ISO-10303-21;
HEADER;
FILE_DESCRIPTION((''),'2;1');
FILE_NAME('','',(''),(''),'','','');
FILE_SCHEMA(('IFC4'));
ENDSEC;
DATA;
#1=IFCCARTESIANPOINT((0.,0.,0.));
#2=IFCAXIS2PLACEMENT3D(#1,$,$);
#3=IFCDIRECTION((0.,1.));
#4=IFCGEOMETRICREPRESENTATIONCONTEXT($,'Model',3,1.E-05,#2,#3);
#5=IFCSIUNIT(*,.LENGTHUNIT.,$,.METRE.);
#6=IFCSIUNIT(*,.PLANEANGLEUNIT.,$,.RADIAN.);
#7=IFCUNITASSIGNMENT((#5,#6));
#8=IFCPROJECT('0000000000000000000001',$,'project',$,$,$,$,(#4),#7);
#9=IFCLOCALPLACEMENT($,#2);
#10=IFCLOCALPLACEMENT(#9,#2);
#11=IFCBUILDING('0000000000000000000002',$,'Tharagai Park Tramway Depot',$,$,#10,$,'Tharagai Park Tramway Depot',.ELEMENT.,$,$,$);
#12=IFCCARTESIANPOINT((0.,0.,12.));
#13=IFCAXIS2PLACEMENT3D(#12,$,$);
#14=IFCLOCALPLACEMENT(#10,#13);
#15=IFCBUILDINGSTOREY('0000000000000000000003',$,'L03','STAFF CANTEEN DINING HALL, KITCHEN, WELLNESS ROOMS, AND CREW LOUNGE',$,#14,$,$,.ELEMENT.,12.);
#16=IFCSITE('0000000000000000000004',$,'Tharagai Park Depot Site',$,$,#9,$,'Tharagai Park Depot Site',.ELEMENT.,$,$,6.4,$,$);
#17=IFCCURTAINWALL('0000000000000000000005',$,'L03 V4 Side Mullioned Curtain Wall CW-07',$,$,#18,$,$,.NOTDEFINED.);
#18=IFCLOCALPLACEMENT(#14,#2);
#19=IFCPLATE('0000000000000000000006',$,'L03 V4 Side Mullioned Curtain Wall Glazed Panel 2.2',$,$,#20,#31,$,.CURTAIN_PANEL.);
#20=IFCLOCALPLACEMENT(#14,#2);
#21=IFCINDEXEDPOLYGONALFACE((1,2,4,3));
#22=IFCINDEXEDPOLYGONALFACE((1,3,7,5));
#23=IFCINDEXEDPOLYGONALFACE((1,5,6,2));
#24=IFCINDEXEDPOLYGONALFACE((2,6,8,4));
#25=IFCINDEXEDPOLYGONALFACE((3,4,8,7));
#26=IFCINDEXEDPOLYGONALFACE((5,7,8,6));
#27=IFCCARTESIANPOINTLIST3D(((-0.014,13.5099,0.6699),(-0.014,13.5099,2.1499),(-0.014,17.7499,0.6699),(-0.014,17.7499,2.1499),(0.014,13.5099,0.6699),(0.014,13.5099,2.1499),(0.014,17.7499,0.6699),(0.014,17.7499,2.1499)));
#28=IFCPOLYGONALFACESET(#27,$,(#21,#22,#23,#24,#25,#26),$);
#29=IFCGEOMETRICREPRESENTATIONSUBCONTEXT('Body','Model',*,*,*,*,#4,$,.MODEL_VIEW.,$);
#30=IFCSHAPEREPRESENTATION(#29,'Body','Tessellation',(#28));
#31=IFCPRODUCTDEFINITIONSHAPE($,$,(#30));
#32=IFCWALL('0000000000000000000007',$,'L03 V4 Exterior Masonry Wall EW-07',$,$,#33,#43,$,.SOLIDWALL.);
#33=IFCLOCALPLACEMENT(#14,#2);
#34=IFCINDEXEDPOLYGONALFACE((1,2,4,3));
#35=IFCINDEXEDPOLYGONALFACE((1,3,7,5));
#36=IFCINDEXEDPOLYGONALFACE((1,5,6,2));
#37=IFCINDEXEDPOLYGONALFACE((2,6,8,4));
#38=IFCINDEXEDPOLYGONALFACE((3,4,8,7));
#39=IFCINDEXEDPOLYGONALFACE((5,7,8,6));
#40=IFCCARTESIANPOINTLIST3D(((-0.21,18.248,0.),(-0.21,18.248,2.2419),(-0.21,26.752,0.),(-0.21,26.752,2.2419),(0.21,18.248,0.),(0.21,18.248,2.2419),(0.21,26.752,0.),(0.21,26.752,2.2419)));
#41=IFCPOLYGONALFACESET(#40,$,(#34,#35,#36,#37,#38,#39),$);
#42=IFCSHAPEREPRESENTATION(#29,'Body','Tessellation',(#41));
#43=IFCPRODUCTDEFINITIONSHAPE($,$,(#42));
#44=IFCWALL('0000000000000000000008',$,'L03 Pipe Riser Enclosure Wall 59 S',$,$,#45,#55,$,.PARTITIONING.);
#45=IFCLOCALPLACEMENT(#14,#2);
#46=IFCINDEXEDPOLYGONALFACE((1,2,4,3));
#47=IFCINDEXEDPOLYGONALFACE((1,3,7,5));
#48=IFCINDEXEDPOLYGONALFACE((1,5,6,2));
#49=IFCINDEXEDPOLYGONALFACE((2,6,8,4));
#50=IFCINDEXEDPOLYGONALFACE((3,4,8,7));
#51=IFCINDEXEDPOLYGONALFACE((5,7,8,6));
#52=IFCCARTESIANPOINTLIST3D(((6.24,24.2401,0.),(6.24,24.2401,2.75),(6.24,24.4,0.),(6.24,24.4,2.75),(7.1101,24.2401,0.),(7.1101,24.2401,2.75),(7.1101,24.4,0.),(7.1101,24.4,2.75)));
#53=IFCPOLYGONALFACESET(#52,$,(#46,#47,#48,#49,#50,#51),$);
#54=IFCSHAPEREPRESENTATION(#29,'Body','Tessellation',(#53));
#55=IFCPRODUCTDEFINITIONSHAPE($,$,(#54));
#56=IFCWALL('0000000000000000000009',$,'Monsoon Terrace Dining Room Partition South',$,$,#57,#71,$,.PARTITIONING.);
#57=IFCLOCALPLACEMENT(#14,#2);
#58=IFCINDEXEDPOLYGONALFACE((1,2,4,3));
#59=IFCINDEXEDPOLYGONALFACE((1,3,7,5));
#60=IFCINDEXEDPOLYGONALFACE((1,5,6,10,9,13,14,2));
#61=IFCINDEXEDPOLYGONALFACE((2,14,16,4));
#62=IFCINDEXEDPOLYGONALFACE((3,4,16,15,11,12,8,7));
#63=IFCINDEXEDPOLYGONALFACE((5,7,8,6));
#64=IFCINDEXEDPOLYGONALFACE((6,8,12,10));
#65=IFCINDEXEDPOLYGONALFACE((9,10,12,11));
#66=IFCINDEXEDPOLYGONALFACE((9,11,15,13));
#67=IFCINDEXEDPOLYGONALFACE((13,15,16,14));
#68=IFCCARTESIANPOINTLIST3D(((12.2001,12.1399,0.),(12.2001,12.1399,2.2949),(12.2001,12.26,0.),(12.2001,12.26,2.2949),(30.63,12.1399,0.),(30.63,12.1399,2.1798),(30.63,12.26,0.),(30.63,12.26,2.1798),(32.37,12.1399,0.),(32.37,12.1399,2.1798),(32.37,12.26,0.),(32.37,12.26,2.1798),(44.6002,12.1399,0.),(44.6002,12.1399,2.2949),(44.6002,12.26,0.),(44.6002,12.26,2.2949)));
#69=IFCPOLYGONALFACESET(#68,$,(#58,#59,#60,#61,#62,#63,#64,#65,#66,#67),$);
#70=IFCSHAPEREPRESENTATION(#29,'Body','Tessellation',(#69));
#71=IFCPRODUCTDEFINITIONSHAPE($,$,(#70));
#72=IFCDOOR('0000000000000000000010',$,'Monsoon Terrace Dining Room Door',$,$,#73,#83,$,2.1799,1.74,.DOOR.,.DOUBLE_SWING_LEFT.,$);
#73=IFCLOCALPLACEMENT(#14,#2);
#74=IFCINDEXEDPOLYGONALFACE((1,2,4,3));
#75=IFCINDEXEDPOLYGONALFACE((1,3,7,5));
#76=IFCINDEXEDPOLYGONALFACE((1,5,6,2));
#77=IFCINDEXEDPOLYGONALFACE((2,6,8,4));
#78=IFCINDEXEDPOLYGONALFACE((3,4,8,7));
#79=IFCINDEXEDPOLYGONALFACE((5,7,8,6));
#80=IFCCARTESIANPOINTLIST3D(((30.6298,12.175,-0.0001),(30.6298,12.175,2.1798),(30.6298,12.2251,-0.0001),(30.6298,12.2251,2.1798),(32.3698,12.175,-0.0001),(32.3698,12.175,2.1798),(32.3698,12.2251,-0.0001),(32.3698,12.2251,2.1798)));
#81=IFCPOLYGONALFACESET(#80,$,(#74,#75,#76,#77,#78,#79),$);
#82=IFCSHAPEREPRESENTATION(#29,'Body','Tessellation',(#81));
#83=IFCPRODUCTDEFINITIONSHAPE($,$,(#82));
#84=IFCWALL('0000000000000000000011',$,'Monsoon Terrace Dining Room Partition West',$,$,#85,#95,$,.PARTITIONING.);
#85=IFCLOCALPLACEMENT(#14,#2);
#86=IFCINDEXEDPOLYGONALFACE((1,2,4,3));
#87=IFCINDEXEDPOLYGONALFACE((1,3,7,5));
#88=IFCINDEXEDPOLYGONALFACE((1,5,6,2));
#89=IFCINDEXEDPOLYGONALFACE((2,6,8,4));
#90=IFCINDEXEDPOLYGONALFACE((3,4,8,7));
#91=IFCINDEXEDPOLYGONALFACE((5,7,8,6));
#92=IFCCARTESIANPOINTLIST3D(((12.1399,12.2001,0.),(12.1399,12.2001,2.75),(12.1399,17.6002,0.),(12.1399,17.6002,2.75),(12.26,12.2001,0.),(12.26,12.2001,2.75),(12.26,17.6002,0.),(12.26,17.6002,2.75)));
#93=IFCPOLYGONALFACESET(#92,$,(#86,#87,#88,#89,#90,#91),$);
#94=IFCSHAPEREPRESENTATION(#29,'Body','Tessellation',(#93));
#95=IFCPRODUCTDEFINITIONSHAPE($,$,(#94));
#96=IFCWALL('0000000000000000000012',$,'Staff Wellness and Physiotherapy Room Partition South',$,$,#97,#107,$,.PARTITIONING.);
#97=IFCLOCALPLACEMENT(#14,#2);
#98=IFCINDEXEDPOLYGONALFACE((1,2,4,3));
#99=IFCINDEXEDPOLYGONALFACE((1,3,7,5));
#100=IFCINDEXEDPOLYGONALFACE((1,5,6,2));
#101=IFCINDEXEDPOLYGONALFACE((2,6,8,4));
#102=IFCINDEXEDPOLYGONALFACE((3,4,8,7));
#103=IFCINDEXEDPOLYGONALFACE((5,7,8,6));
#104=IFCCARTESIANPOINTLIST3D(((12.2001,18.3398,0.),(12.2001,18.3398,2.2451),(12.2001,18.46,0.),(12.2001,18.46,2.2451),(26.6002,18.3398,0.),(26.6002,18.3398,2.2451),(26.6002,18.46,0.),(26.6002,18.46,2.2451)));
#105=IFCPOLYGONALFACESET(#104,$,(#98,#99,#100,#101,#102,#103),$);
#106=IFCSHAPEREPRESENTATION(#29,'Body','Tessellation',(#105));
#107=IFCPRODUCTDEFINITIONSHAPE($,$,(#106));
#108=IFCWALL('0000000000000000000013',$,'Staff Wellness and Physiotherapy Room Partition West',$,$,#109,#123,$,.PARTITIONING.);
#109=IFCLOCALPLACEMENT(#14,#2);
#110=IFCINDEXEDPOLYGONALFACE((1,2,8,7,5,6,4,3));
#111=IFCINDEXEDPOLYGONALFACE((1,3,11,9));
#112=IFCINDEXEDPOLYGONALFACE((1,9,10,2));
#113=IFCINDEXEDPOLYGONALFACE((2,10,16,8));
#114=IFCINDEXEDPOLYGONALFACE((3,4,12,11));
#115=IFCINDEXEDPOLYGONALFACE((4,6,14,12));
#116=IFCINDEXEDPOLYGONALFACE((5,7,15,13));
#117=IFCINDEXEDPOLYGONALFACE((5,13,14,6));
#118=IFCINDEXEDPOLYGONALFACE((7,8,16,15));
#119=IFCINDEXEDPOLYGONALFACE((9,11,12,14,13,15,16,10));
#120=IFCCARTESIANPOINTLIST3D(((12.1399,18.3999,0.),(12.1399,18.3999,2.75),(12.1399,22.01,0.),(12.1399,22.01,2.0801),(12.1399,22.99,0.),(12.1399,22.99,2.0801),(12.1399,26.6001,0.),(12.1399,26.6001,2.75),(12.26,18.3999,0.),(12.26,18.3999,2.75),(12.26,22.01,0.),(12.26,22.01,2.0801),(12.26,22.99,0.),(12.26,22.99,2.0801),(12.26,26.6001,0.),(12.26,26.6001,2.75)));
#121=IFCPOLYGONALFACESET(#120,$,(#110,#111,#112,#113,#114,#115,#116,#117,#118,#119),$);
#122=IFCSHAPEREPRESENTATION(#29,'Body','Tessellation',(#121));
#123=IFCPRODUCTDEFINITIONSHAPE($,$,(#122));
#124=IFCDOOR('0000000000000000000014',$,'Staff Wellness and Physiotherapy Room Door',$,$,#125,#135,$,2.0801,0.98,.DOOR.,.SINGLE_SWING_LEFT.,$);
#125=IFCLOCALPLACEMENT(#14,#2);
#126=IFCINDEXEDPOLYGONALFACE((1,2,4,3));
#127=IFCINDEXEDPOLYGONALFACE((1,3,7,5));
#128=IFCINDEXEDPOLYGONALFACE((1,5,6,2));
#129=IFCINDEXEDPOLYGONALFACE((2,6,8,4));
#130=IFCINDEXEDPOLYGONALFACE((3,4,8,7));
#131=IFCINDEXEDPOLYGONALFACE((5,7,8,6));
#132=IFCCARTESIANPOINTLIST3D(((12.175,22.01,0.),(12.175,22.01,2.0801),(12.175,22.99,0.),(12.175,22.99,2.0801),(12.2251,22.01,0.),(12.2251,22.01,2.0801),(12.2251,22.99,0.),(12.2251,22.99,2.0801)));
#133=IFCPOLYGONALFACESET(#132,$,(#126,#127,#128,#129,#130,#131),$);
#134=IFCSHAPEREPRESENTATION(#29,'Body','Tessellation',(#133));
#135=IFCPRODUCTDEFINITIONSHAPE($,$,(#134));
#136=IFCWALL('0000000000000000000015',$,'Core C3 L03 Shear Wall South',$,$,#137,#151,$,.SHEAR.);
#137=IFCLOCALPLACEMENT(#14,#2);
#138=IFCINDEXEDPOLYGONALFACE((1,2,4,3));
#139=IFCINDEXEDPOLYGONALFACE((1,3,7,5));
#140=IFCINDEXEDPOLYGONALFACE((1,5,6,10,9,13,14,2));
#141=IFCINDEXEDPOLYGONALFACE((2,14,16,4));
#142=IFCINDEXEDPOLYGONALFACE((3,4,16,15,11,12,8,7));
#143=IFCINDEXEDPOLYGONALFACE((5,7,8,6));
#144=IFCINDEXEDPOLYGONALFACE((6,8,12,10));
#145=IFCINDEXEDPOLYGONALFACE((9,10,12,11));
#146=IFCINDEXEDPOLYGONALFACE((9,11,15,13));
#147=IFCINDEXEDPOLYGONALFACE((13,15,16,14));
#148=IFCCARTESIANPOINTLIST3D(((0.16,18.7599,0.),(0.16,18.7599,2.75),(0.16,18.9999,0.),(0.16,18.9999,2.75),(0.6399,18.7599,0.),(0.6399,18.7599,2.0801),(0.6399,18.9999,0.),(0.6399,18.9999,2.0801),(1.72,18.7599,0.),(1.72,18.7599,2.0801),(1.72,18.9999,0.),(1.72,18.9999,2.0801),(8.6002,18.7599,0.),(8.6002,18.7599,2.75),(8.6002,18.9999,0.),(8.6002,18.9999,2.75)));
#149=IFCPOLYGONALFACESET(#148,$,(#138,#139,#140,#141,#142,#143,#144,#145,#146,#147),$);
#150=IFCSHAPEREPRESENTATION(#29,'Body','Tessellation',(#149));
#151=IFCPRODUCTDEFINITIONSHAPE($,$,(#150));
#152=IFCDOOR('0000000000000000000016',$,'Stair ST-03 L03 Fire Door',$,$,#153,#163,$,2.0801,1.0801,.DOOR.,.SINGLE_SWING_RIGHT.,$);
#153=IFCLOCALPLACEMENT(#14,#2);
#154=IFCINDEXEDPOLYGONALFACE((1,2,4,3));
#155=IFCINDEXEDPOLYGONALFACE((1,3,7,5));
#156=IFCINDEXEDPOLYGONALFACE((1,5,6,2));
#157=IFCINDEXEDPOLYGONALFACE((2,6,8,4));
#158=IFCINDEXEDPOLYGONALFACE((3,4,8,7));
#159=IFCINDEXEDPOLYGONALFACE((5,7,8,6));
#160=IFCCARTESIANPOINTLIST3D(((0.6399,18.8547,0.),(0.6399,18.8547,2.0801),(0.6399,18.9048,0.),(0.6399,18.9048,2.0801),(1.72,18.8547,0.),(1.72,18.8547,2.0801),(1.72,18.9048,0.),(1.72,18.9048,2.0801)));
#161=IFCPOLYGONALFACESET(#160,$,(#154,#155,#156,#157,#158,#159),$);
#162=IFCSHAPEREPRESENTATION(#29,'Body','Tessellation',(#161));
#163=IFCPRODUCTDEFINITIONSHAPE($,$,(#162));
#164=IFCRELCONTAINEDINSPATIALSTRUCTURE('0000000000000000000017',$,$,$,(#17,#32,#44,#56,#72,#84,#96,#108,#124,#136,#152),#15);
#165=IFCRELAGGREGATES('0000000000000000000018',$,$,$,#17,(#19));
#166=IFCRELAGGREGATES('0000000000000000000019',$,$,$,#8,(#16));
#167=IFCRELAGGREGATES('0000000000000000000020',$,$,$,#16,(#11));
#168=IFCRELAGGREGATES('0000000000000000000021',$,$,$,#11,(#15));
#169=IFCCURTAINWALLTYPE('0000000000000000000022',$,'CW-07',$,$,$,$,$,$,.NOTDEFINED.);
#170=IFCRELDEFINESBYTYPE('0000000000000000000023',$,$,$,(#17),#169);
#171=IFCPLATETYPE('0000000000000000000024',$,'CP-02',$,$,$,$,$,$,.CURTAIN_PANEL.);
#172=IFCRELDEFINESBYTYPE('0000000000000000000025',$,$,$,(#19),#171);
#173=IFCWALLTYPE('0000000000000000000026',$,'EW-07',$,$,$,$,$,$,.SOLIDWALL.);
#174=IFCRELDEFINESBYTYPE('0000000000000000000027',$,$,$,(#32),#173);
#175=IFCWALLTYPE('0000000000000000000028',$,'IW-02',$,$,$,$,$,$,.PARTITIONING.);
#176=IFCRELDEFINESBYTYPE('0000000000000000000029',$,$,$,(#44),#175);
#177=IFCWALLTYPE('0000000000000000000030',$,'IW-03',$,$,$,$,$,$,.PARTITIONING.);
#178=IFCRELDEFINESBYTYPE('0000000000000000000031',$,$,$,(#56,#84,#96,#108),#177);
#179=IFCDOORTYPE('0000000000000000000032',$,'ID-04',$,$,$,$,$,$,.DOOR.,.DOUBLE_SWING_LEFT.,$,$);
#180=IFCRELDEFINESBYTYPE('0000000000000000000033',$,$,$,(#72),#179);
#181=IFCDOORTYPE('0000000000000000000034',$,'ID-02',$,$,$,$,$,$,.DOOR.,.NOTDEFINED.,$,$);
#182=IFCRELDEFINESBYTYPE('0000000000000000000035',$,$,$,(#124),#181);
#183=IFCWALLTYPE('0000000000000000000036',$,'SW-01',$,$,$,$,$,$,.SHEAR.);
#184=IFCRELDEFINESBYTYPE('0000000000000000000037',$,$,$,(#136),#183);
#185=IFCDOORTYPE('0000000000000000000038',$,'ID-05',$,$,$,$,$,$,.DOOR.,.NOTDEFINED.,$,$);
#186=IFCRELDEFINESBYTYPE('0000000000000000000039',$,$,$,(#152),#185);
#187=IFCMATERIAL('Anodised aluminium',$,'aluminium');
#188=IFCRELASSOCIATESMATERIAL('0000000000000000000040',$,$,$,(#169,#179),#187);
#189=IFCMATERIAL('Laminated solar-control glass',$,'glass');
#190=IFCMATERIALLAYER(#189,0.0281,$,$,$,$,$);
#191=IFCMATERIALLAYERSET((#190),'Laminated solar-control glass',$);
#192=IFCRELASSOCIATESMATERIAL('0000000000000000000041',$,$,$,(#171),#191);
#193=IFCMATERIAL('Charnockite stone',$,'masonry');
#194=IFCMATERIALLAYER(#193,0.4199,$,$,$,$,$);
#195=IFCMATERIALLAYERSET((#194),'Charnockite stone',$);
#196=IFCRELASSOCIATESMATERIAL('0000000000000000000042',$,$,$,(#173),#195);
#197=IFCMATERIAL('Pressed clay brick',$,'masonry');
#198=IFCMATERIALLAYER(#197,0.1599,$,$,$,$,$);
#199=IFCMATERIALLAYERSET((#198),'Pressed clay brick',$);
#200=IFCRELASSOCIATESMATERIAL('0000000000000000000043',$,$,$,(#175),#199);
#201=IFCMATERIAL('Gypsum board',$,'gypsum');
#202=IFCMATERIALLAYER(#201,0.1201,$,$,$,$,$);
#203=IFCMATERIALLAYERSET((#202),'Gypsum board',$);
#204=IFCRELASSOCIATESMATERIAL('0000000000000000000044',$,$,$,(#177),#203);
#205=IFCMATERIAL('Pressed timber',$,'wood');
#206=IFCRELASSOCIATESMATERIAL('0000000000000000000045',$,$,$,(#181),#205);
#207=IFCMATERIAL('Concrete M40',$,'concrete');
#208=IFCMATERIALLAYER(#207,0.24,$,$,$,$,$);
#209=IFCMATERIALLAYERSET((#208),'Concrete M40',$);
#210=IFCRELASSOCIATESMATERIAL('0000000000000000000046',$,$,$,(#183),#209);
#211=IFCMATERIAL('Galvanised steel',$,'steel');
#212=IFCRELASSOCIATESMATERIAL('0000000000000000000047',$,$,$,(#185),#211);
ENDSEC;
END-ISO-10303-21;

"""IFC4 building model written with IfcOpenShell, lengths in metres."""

from ifc_helpers import new_model, si_unit, direction, frame, frame_2d, origin, origin_2d, place, context, subcontext, project, spatial, rectangle, extrude, material, layer, layer_set, type_object, element, fill, aggregate, save


model = new_model("IFC4")

# Units and contexts
model_context = context("Model", 3, precision=1e-05, world=origin(), true_north=direction((0.0, 1.0)))
body_context = subcontext(model_context, "Body", "Model", "MODEL_VIEW")
ifc_project = project(units=[si_unit("LENGTHUNIT", "METRE"), si_unit("PLANEANGLEUNIT", "RADIAN")], contexts=[model_context])

# Site, building, storey
site_placement = place(None, origin())
site = spatial("IfcSite", under=ifc_project, at=site_placement, Name="Tharagai Park Depot Site", LongName="Tharagai Park Depot Site", CompositionType="ELEMENT", RefElevation=6.4)
building_placement = place(site_placement, origin())
building = spatial("IfcBuilding", under=site, at=building_placement, Name="Tharagai Park Tramway Depot", LongName="Tharagai Park Tramway Depot", CompositionType="ELEMENT")
storey_placement = place(building_placement, frame((0.0, 0.0, 12.0)))
storey = spatial("IfcBuildingStorey", under=building, at=storey_placement, Name="L03", Description="STAFF CANTEEN DINING HALL, KITCHEN, WELLNESS ROOMS, AND CREW LOUNGE", CompositionType="ELEMENT", Elevation=12.0)

# Shared definitions
ifc_material_1 = material(Name="Concrete M40", Category="concrete")

# Curtain wall
ifc_material_2 = material(Name="Anodised aluminium", Category="aluminium")
curtain_wall_type = type_object("IfcCurtainWallType", Name="CW-07", PredefinedType="NOTDEFINED", material=ifc_material_2)
curtain_wall_placement = place(storey_placement, origin())
curtain_wall = element("IfcCurtainWall", 1, at=curtain_wall_placement, inside=storey, type_object=curtain_wall_type, Name="L03 V4 Side Mullioned Curtain Wall CW-07", PredefinedType="NOTDEFINED")

# Plate
ifc_material_3 = material(Name="Laminated solar-control glass", Category="glass")
ifc_layer_1 = layer(ifc_material_3, 0.0281)
ifc_layer_set_1 = layer_set([ifc_layer_1], Name="Laminated solar-control glass")
plate_type_1 = type_object("IfcPlateType", Name="CP-02", PredefinedType="CURTAIN_PANEL", material=ifc_layer_set_1)
plate_1_placement = place(storey_placement, frame((0.0, 15.6299, 0.6699), z_axis=(0.0, 0.0, 1.0), x_axis=(0.0, 1.0, 0.0)))
plate_1 = element("IfcPlate", 2, at=plate_1_placement, type_object=plate_type_1, Name="L03 V4 Side Mullioned Curtain Wall Glazed Panel 2.2", PredefinedType="CURTAIN_PANEL", context=body_context, shape_type="SweptSolid", body=[
    extrude(rectangle(XDim=4.24, YDim=0.0281, at=origin_2d()), origin(), (0.0, 0.0, 1.0), 1.48),
])
aggregate(curtain_wall, [plate_1])

# Walls
ifc_material_4 = material(Name="Charnockite stone", Category="masonry")
ifc_layer_2 = layer(ifc_material_4, 0.4199)
ifc_layer_set_2 = layer_set([ifc_layer_2], Name="Charnockite stone")
wall_type_1 = type_object("IfcWallType", Name="EW-07", PredefinedType="SOLIDWALL", material=ifc_layer_set_2)
wall_1_placement = place(storey_placement, frame((0.0, 18.248, 0.0), z_axis=(0.0, 0.0, 1.0), x_axis=(0.0, 1.0, 0.0)))
element("IfcWall", 3, at=wall_1_placement, inside=storey, type_object=wall_type_1, Name="L03 V4 Exterior Masonry Wall EW-07", PredefinedType="SOLIDWALL", context=body_context, shape_type="SweptSolid", body=[
    extrude(rectangle(XDim=8.5039, YDim=0.4199, at=frame_2d((4.252, 0.0))), origin(), (0.0, 0.0, 1.0), 2.2419),
])
ifc_material_5 = material(Name="Pressed clay brick", Category="masonry")
ifc_layer_3 = layer(ifc_material_5, 0.1599)
ifc_layer_set_3 = layer_set([ifc_layer_3], Name="Pressed clay brick")
wall_type_2 = type_object("IfcWallType", Name="IW-02", PredefinedType="PARTITIONING", material=ifc_layer_set_3)
wall_2_placement = place(storey_placement, frame((6.24, 24.3201, 0.0), z_axis=(0.0, 0.0, 1.0), x_axis=(1.0, 0.0, 0.0)))
element("IfcWall", 4, at=wall_2_placement, inside=storey, type_object=wall_type_2, Name="L03 Pipe Riser Enclosure Wall 59 S", PredefinedType="PARTITIONING", context=body_context, shape_type="SweptSolid", body=[
    extrude(rectangle(XDim=0.8701, YDim=0.1599, at=frame_2d((0.4351, 0.0))), origin(), (0.0, 0.0, 1.0), 2.75),
])

# Wall, opening, door
ifc_material_6 = material(Name="Gypsum board", Category="gypsum")
ifc_layer_4 = layer(ifc_material_6, 0.1201)
ifc_layer_set_4 = layer_set([ifc_layer_4], Name="Gypsum board")
wall_type_3 = type_object("IfcWallType", Name="IW-03", PredefinedType="PARTITIONING", material=ifc_layer_set_4)
wall_3_placement = place(storey_placement, frame((12.2, 12.2, 0.0), z_axis=(0.0, 0.0, 1.0), x_axis=(1.0, 0.0, 0.0)))
wall_3 = element("IfcWall", 5, at=wall_3_placement, inside=storey, type_object=wall_type_3, Name="Monsoon Terrace Dining Room Partition South", PredefinedType="PARTITIONING", context=body_context, shape_type="SweptSolid", body=[
    extrude(rectangle(XDim=32.4001, YDim=0.1201, at=frame_2d((16.2002, 0.0))), origin(), (0.0, 0.0, 1.0), 2.2949),
])
opening_1_placement = place(wall_3_placement, frame((18.4299, 0.0, 0.0)))
opening_1 = element("IfcOpeningElement", 6, at=opening_1_placement, cuts=wall_3, PredefinedType="OPENING", context=body_context, shape_type="SweptSolid", body=[
    extrude(rectangle(XDim=1.74, YDim=2.1799, at=frame_2d((0.8701, 1.0898))), frame((0.0, 0.0701, 0.0), z_axis=(0.0, -1.0, 0.0), x_axis=(1.0, 0.0, 0.0)), (0.0, 0.0, 1.0), 0.1401),
])
door_type_1 = type_object("IfcDoorType", Name="ID-04", OperationType="DOUBLE_SWING_LEFT", PredefinedType="DOOR", material=ifc_material_2)
door_1_placement = place(opening_1_placement, frame((1.74, 0.0, 0.0), z_axis=(0.0, 0.0, 1.0), x_axis=(-1.0, 0.0, 0.0)))
door_1 = element("IfcDoor", 7, at=door_1_placement, inside=storey, type_object=door_type_1, Name="Monsoon Terrace Dining Room Door", OperationType="DOUBLE_SWING_LEFT", OverallHeight=2.1799, OverallWidth=1.74, PredefinedType="DOOR", context=body_context, shape_type="SweptSolid", body=[
    extrude(rectangle(XDim=1.74, YDim=2.1799, at=frame_2d((0.8701, 1.0898))), frame((0.0, 0.0249, 0.0), z_axis=(0.0, -1.0, 0.0), x_axis=(1.0, 0.0, 0.0)), (0.0, 0.0, 1.0), 0.05),
])
fill(opening_1, door_1)

# Walls
wall_4_placement = place(storey_placement, frame((12.2, 12.2, 0.0), z_axis=(0.0, 0.0, 1.0), x_axis=(0.0, 1.0, 0.0)))
element("IfcWall", 8, at=wall_4_placement, inside=storey, type_object=wall_type_3, Name="Monsoon Terrace Dining Room Partition West", PredefinedType="PARTITIONING", context=body_context, shape_type="SweptSolid", body=[
    extrude(rectangle(XDim=5.4001, YDim=0.1201, at=frame_2d((2.7002, 0.0))), origin(), (0.0, 0.0, 1.0), 2.75),
])
wall_5_placement = place(storey_placement, frame((12.2, 18.3999, 0.0), z_axis=(0.0, 0.0, 1.0), x_axis=(1.0, 0.0, 0.0)))
element("IfcWall", 9, at=wall_5_placement, inside=storey, type_object=wall_type_3, Name="Staff Wellness and Physiotherapy Room Partition South", PredefinedType="PARTITIONING", context=body_context, shape_type="SweptSolid", body=[
    extrude(rectangle(XDim=14.4001, YDim=0.1201, at=frame_2d((7.2002, 0.0))), origin(), (0.0, 0.0, 1.0), 2.2451),
])

# Walls, openings, doors
wall_6_placement = place(storey_placement, frame((12.2, 18.3999, 0.0), z_axis=(0.0, 0.0, 1.0), x_axis=(0.0, 1.0, 0.0)))
wall_6 = element("IfcWall", 10, at=wall_6_placement, inside=storey, type_object=wall_type_3, Name="Staff Wellness and Physiotherapy Room Partition West", PredefinedType="PARTITIONING", context=body_context, shape_type="SweptSolid", body=[
    extrude(rectangle(XDim=8.2002, YDim=0.1201, at=frame_2d((4.1001, 0.0))), origin(), (0.0, 0.0, 1.0), 2.75),
])
opening_2_placement = place(wall_6_placement, frame((3.6101, 0.0, 0.0)))
opening_2 = element("IfcOpeningElement", 11, at=opening_2_placement, cuts=wall_6, PredefinedType="OPENING", context=body_context, shape_type="SweptSolid", body=[
    extrude(rectangle(XDim=0.98, YDim=2.0801, at=frame_2d((0.49, 1.04))), frame((0.0, 0.0701, 0.0), z_axis=(0.0, -1.0, 0.0), x_axis=(1.0, 0.0, 0.0)), (0.0, 0.0, 1.0), 0.1401),
])
ifc_material_7 = material(Name="Pressed timber", Category="wood")
door_type_2 = type_object("IfcDoorType", Name="ID-02", OperationType="NOTDEFINED", PredefinedType="DOOR", material=ifc_material_7)
door_2_placement = place(opening_2_placement, origin())
door_2 = element("IfcDoor", 12, at=door_2_placement, inside=storey, type_object=door_type_2, Name="Staff Wellness and Physiotherapy Room Door", OperationType="SINGLE_SWING_LEFT", OverallHeight=2.0801, OverallWidth=0.98, PredefinedType="DOOR", context=body_context, shape_type="SweptSolid", body=[
    extrude(rectangle(XDim=0.98, YDim=2.0801, at=frame_2d((0.49, 1.04))), frame((0.0, 0.0249, 0.0), z_axis=(0.0, -1.0, 0.0), x_axis=(1.0, 0.0, 0.0)), (0.0, 0.0, 1.0), 0.05),
])
fill(opening_2, door_2)
ifc_layer_5 = layer(ifc_material_1, 0.24)
ifc_layer_set_5 = layer_set([ifc_layer_5], Name="Concrete M40")
wall_type_4 = type_object("IfcWallType", Name="SW-01", PredefinedType="SHEAR", material=ifc_layer_set_5)
wall_7_placement = place(storey_placement, frame((0.1599, 18.8799, 0.0), z_axis=(0.0, 0.0, 1.0), x_axis=(1.0, 0.0, 0.0)))
wall_7 = element("IfcWall", 13, at=wall_7_placement, inside=storey, type_object=wall_type_4, Name="Core C3 L03 Shear Wall South", PredefinedType="SHEAR", context=body_context, shape_type="SweptSolid", body=[
    extrude(rectangle(XDim=8.4402, YDim=0.24, at=frame_2d((4.2202, 0.0))), origin(), (0.0, 0.0, 1.0), 2.75),
])
opening_3_placement = place(wall_7_placement, frame((0.48, 0.0, 0.0)))
opening_3 = element("IfcOpeningElement", 14, at=opening_3_placement, cuts=wall_7, PredefinedType="OPENING", context=body_context, shape_type="SweptSolid", body=[
    extrude(rectangle(XDim=1.0801, YDim=2.0801, at=frame_2d((0.54, 1.04))), frame((0.0, 0.1299, 0.0), z_axis=(0.0, -1.0, 0.0), x_axis=(1.0, 0.0, 0.0)), (0.0, 0.0, 1.0), 0.26),
])
ifc_material_8 = material(Name="Galvanised steel", Category="steel")
door_type_3 = type_object("IfcDoorType", Name="ID-05", OperationType="NOTDEFINED", PredefinedType="DOOR", material=ifc_material_8)
door_3_placement = place(opening_3_placement, origin())
door_3 = element("IfcDoor", 15, at=door_3_placement, inside=storey, type_object=door_type_3, Name="Stair ST-03 L03 Fire Door", OperationType="SINGLE_SWING_RIGHT", OverallHeight=2.0801, OverallWidth=1.0801, PredefinedType="DOOR", context=body_context, shape_type="SweptSolid", body=[
    extrude(rectangle(XDim=1.0801, YDim=2.0801, at=frame_2d((0.54, 1.04))), frame((0.0, 0.0249, 0.0), z_axis=(0.0, -1.0, 0.0), x_axis=(1.0, 0.0, 0.0)), (0.0, 0.0, 1.0), 0.05),
])
fill(opening_3, door_3)

save(model, "model.ifc")
